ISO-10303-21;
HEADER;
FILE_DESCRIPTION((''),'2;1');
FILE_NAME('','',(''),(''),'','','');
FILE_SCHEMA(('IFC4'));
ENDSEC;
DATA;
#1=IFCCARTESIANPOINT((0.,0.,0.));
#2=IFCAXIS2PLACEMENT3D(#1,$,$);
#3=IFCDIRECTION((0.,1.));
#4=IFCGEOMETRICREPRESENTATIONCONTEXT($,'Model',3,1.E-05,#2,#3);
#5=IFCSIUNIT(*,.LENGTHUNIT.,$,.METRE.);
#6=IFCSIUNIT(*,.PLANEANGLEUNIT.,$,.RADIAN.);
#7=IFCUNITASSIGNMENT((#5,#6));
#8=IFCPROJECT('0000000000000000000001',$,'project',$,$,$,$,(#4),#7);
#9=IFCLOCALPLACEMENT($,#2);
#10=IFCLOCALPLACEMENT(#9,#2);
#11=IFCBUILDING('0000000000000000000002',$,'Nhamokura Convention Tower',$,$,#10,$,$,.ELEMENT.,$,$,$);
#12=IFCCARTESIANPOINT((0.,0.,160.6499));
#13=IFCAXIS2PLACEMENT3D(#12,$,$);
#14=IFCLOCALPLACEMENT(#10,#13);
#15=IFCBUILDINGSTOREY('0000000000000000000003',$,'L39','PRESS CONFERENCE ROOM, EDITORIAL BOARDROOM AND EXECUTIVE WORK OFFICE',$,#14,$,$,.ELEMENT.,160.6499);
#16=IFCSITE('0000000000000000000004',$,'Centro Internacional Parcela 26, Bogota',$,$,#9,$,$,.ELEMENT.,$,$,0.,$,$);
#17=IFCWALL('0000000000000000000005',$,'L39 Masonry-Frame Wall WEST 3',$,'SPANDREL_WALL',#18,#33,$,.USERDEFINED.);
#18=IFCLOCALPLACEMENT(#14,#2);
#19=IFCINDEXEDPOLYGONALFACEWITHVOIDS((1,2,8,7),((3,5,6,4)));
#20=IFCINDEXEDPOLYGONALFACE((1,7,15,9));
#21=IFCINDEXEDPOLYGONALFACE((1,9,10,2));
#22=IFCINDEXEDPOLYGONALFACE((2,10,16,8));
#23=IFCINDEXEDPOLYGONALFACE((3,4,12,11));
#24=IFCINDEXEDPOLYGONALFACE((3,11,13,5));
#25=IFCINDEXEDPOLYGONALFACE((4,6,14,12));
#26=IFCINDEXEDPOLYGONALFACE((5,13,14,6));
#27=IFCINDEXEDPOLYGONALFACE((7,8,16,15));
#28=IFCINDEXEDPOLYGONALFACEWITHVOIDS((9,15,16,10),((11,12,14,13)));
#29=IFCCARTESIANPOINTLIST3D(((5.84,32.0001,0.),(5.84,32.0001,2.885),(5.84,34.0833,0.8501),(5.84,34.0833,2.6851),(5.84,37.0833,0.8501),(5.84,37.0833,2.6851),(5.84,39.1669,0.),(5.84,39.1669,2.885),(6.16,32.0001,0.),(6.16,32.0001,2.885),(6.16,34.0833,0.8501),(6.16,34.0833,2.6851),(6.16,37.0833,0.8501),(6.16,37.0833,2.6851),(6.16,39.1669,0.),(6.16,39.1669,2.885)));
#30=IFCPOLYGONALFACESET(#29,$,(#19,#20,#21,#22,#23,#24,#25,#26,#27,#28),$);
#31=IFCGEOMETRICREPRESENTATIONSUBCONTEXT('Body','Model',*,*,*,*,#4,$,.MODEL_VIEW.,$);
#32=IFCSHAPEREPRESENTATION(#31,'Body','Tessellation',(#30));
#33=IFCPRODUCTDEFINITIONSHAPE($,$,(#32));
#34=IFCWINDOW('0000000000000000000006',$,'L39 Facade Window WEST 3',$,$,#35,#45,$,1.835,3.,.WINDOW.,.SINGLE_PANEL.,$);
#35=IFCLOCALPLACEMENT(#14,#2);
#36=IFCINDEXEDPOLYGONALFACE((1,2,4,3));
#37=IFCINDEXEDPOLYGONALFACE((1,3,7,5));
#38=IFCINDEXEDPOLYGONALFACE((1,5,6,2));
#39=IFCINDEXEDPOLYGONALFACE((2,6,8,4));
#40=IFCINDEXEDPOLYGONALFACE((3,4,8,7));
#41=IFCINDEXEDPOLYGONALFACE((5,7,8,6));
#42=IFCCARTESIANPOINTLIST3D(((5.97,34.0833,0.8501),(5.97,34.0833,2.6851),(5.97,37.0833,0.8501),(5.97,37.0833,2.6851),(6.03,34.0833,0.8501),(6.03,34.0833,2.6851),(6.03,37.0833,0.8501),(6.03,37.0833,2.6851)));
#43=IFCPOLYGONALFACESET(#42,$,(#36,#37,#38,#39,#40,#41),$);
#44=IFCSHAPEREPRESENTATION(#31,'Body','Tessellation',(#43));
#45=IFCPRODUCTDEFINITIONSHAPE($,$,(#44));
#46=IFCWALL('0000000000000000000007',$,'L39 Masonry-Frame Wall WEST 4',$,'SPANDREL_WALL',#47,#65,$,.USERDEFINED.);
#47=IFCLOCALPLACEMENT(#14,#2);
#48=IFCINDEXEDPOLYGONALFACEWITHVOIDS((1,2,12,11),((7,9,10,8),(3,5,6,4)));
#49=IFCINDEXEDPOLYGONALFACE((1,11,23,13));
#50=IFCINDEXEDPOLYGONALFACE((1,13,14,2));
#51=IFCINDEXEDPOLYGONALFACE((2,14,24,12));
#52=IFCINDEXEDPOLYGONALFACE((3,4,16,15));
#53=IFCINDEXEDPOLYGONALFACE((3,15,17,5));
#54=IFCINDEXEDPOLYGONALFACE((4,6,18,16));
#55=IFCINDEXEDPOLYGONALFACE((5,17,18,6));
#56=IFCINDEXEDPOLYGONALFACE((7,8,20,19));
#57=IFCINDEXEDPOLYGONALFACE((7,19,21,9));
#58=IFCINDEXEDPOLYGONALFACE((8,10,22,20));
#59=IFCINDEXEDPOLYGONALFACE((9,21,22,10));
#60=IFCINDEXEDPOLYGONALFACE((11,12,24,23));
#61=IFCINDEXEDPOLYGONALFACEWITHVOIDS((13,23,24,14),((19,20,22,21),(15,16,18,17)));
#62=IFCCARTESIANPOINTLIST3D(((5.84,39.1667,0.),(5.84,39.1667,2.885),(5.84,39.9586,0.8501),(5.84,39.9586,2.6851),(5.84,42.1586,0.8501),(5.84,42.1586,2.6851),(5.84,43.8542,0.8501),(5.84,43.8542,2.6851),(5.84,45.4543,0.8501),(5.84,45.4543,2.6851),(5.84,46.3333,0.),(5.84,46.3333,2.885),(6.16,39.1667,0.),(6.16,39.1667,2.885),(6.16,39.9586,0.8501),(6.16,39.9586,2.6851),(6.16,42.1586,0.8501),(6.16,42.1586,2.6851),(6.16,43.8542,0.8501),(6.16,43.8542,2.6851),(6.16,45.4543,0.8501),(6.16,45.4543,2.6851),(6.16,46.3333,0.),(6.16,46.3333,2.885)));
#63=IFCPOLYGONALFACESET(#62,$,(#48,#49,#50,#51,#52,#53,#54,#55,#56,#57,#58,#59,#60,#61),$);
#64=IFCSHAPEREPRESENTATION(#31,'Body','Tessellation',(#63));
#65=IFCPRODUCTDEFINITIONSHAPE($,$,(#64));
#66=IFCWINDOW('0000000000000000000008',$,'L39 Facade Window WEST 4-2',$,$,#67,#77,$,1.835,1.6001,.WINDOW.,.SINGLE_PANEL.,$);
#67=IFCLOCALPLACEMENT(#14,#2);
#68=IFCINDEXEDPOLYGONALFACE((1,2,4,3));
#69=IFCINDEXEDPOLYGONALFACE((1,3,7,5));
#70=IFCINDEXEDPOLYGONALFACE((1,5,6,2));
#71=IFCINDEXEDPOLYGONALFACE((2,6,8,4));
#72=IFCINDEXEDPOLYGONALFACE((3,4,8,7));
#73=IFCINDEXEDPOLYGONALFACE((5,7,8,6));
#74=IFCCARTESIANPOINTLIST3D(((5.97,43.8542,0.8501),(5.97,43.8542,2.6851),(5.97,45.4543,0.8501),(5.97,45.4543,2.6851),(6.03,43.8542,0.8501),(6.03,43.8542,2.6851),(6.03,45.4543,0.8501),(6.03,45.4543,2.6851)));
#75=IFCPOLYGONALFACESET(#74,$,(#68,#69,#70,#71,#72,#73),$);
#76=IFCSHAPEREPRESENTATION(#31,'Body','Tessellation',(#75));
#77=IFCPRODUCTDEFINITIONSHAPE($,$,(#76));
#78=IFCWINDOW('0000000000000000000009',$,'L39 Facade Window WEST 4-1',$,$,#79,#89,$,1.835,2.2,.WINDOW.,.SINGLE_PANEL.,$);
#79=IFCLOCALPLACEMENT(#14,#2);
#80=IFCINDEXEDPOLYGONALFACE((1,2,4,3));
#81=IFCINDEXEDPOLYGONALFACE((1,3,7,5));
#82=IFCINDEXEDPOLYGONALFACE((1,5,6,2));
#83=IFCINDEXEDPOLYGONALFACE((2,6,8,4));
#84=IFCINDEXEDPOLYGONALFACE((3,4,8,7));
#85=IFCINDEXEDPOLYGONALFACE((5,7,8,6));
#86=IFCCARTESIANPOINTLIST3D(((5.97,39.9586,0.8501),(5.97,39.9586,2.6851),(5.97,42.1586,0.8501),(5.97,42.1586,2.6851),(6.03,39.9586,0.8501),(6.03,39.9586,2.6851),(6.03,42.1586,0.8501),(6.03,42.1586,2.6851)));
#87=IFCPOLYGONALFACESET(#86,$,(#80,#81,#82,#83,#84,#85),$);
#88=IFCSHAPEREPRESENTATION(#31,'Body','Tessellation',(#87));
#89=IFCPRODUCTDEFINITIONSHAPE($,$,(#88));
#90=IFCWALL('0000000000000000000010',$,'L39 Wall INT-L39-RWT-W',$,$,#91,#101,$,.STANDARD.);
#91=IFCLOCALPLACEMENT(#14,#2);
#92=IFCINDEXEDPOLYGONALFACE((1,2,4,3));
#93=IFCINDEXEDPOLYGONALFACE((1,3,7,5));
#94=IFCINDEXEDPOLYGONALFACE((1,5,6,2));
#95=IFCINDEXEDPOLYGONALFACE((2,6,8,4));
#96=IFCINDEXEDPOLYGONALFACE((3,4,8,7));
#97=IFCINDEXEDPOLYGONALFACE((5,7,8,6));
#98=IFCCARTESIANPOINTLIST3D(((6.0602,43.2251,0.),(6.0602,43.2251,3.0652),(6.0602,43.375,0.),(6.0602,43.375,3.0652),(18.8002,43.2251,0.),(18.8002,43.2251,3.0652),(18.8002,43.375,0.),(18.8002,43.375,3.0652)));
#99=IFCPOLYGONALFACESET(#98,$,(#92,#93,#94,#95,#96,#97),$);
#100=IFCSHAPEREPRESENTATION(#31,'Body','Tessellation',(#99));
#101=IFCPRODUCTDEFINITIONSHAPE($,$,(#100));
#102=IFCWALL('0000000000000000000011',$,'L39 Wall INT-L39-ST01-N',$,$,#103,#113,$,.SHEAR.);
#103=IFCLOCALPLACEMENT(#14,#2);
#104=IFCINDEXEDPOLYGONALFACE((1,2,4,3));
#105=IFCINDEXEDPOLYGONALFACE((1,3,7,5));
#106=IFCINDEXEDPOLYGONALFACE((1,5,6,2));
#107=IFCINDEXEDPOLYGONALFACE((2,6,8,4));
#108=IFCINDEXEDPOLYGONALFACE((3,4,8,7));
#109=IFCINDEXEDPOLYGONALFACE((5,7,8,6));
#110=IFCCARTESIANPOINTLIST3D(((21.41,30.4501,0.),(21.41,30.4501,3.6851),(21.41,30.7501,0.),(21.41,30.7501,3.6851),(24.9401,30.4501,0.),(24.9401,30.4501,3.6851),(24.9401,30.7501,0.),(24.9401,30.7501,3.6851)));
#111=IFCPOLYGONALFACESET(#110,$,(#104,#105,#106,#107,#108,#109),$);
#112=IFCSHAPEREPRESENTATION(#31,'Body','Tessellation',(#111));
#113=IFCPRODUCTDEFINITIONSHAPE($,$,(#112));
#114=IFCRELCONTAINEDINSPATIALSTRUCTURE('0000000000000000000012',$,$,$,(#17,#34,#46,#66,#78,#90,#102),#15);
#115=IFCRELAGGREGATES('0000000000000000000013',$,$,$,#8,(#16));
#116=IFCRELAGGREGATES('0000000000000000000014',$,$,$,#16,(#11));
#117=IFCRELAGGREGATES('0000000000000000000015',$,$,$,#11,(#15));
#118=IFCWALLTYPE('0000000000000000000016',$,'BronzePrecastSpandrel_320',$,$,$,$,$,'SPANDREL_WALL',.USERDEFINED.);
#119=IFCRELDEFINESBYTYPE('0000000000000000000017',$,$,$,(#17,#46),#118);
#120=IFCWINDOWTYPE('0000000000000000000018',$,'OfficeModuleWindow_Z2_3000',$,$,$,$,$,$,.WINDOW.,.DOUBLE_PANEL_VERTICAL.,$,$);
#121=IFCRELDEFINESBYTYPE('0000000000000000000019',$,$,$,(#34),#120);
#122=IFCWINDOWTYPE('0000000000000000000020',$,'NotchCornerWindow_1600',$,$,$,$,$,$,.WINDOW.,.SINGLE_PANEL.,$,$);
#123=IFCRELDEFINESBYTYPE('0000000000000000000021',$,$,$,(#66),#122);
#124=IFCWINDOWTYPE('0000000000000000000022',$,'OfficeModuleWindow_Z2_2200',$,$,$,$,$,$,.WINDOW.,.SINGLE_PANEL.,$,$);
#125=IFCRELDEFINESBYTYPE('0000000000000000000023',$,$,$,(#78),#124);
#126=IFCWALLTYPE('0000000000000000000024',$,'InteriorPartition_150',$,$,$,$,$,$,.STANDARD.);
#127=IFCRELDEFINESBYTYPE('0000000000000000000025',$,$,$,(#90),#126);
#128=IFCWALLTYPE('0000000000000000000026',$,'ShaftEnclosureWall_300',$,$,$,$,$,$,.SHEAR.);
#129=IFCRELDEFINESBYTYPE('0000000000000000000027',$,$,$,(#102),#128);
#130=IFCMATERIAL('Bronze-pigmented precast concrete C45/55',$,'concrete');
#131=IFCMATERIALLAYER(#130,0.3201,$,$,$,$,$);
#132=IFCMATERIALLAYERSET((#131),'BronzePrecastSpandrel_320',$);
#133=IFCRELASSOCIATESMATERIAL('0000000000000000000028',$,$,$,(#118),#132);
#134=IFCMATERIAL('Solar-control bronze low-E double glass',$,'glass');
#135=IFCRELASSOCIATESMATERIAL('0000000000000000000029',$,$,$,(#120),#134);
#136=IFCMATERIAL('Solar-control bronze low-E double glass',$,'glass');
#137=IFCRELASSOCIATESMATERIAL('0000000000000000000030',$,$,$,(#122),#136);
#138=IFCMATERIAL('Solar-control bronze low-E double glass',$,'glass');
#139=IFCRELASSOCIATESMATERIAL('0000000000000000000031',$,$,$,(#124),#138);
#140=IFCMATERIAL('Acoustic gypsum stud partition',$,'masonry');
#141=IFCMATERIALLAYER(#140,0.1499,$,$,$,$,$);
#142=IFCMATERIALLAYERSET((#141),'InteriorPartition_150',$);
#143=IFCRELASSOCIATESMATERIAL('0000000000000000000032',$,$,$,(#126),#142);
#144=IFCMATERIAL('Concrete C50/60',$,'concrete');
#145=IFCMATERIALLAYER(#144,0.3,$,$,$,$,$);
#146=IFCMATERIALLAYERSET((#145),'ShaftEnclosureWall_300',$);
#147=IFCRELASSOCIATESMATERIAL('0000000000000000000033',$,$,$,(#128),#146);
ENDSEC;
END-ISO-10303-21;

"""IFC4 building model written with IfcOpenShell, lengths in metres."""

from ifc_helpers import new_model, si_unit, direction, frame, frame_2d, origin, place, context, subcontext, project, spatial, rectangle, extrude, material, layer, layer_set, type_object, element, fill, save


model = new_model("IFC4")

# Units and contexts
model_context = context("Model", 3, precision=1e-05, world=origin(), true_north=direction((0.0, 1.0)))
body_context = subcontext(model_context, "Body", "Model", "MODEL_VIEW")
ifc_project = project(units=[si_unit("LENGTHUNIT", "METRE"), si_unit("PLANEANGLEUNIT", "RADIAN")], contexts=[model_context])

# Site, building, storey
site_placement = place(None, origin())
site = spatial("IfcSite", under=ifc_project, at=site_placement, Name="Centro Internacional Parcela 26, Bogota", CompositionType="ELEMENT", RefElevation=0.0)
building_placement = place(site_placement, origin())
building = spatial("IfcBuilding", under=site, at=building_placement, Name="Nhamokura Convention Tower", CompositionType="ELEMENT")
storey_placement = place(building_placement, frame((0.0, 0.0, 160.6499)))
storey = spatial("IfcBuildingStorey", under=building, at=storey_placement, Name="L39", Description="PRESS CONFERENCE ROOM, EDITORIAL BOARDROOM AND EXECUTIVE WORK OFFICE", CompositionType="ELEMENT", Elevation=160.6499)

# Wall, opening, window
ifc_material_1 = material(Name="Bronze-pigmented precast concrete C45/55", Category="concrete")
ifc_layer_1 = layer(ifc_material_1, 0.3201)
ifc_layer_set_1 = layer_set([ifc_layer_1], Name="BronzePrecastSpandrel_320")
wall_type_1 = type_object("IfcWallType", Name="BronzePrecastSpandrel_320", ElementType="SPANDREL_WALL", PredefinedType="USERDEFINED", material=ifc_layer_set_1)
wall_1_placement = place(storey_placement, frame((6.0, 32.0, 0.0), z_axis=(0.0, 0.0, 1.0), x_axis=(0.0, 1.0, 0.0)))
wall_1 = element("IfcWall", 1, at=wall_1_placement, inside=storey, type_object=wall_type_1, Name="L39 Masonry-Frame Wall WEST 3", ObjectType="SPANDREL_WALL", PredefinedType="USERDEFINED", context=body_context, shape_type="SweptSolid", body=[
    extrude(rectangle(XDim=7.1667, YDim=0.3201, at=frame_2d((3.5835, 0.0))), origin(), (0.0, 0.0, 1.0), 2.885),
])
opening_1_placement = place(wall_1_placement, frame((2.0833, 0.0, 0.8501)))
opening_1 = element("IfcOpeningElement", 2, at=opening_1_placement, cuts=wall_1, PredefinedType="OPENING", context=body_context, shape_type="SweptSolid", body=[
    extrude(rectangle(XDim=3.0, YDim=1.835, at=frame_2d((1.5, 0.9175))), frame((0.0, 0.1699, 0.0), z_axis=(0.0, -1.0, 0.0), x_axis=(1.0, 0.0, 0.0)), (0.0, 0.0, 1.0), 0.3401),
])
ifc_material_2 = material(Name="Solar-control bronze low-E double glass", Category="glass")
window_type_1 = type_object("IfcWindowType", Name="OfficeModuleWindow_Z2_3000", PartitioningType="DOUBLE_PANEL_VERTICAL", PredefinedType="WINDOW", material=ifc_material_2)
window_1_placement = place(opening_1_placement, origin())
window_1 = element("IfcWindow", 3, at=window_1_placement, inside=storey, type_object=window_type_1, Name="L39 Facade Window WEST 3", OverallHeight=1.835, OverallWidth=3.0, PartitioningType="SINGLE_PANEL", PredefinedType="WINDOW", context=body_context, shape_type="SweptSolid", body=[
    extrude(rectangle(XDim=3.0, YDim=1.835, at=frame_2d((1.5, 0.9175))), frame((0.0, 0.03, 0.0), z_axis=(0.0, -1.0, 0.0), x_axis=(1.0, 0.0, 0.0)), (0.0, 0.0, 1.0), 0.0601),
])
fill(opening_1, window_1)

# Wall, openings, windows
wall_2_placement = place(storey_placement, frame((6.0, 39.1667, 0.0), z_axis=(0.0, 0.0, 1.0), x_axis=(0.0, 1.0, 0.0)))
wall_2 = element("IfcWall", 4, at=wall_2_placement, inside=storey, type_object=wall_type_1, Name="L39 Masonry-Frame Wall WEST 4", ObjectType="SPANDREL_WALL", PredefinedType="USERDEFINED", context=body_context, shape_type="SweptSolid", body=[
    extrude(rectangle(XDim=7.1665, YDim=0.3201, at=frame_2d((3.5833, 0.0))), origin(), (0.0, 0.0, 1.0), 2.885),
])
opening_2_placement = place(wall_2_placement, frame((0.7917, 0.0, 0.8501)))
opening_2 = element("IfcOpeningElement", 5, at=opening_2_placement, cuts=wall_2, PredefinedType="OPENING", context=body_context, shape_type="SweptSolid", body=[
    extrude(rectangle(XDim=2.2, YDim=1.835, at=frame_2d((1.1001, 0.9175))), frame((0.0, 0.1699, 0.0), z_axis=(0.0, -1.0, 0.0), x_axis=(1.0, 0.0, 0.0)), (0.0, 0.0, 1.0), 0.3401),
])
opening_3_placement = place(wall_2_placement, frame((4.6875, 0.0, 0.8501)))
opening_3 = element("IfcOpeningElement", 6, at=opening_3_placement, cuts=wall_2, PredefinedType="OPENING", context=body_context, shape_type="SweptSolid", body=[
    extrude(rectangle(XDim=1.6001, YDim=1.835, at=frame_2d((0.8, 0.9175))), frame((0.0, 0.1699, 0.0), z_axis=(0.0, -1.0, 0.0), x_axis=(1.0, 0.0, 0.0)), (0.0, 0.0, 1.0), 0.3401),
])
ifc_material_3 = material(Name="Solar-control bronze low-E double glass", Category="glass")
window_type_2 = type_object("IfcWindowType", Name="NotchCornerWindow_1600", PartitioningType="SINGLE_PANEL", PredefinedType="WINDOW", material=ifc_material_3)
window_2_placement = place(opening_3_placement, origin())
window_2 = element("IfcWindow", 7, at=window_2_placement, inside=storey, type_object=window_type_2, Name="L39 Facade Window WEST 4-2", OverallHeight=1.835, OverallWidth=1.6001, PartitioningType="SINGLE_PANEL", PredefinedType="WINDOW", context=body_context, shape_type="SweptSolid", body=[
    extrude(rectangle(XDim=1.6001, YDim=1.835, at=frame_2d((0.8, 0.9175))), frame((0.0, 0.03, 0.0), z_axis=(0.0, -1.0, 0.0), x_axis=(1.0, 0.0, 0.0)), (0.0, 0.0, 1.0), 0.0601),
])
fill(opening_3, window_2)
ifc_material_4 = material(Name="Solar-control bronze low-E double glass", Category="glass")
window_type_3 = type_object("IfcWindowType", Name="OfficeModuleWindow_Z2_2200", PartitioningType="SINGLE_PANEL", PredefinedType="WINDOW", material=ifc_material_4)
window_3_placement = place(opening_2_placement, origin())
window_3 = element("IfcWindow", 8, at=window_3_placement, inside=storey, type_object=window_type_3, Name="L39 Facade Window WEST 4-1", OverallHeight=1.835, OverallWidth=2.2, PartitioningType="SINGLE_PANEL", PredefinedType="WINDOW", context=body_context, shape_type="SweptSolid", body=[
    extrude(rectangle(XDim=2.2, YDim=1.835, at=frame_2d((1.1001, 0.9175))), frame((0.0, 0.03, 0.0), z_axis=(0.0, -1.0, 0.0), x_axis=(1.0, 0.0, 0.0)), (0.0, 0.0, 1.0), 0.0601),
])
fill(opening_2, window_3)

# Walls
ifc_material_5 = material(Name="Acoustic gypsum stud partition", Category="masonry")
ifc_layer_2 = layer(ifc_material_5, 0.1499)
ifc_layer_set_2 = layer_set([ifc_layer_2], Name="InteriorPartition_150")
wall_type_2 = type_object("IfcWallType", Name="InteriorPartition_150", PredefinedType="STANDARD", material=ifc_layer_set_2)
wall_3_placement = place(storey_placement, frame((6.0601, 43.3, 0.0), z_axis=(0.0, 0.0, 1.0), x_axis=(1.0, 0.0, 0.0)))
element("IfcWall", 9, at=wall_3_placement, inside=storey, type_object=wall_type_2, Name="L39 Wall INT-L39-RWT-W", PredefinedType="STANDARD", context=body_context, shape_type="SweptSolid", body=[
    extrude(rectangle(XDim=12.74, YDim=0.1499, at=frame_2d((6.3701, 0.0))), origin(), (0.0, 0.0, 1.0), 3.0652),
])
ifc_material_6 = material(Name="Concrete C50/60", Category="concrete")
ifc_layer_3 = layer(ifc_material_6, 0.3)
ifc_layer_set_3 = layer_set([ifc_layer_3], Name="ShaftEnclosureWall_300")
wall_type_3 = type_object("IfcWallType", Name="ShaftEnclosureWall_300", PredefinedType="SHEAR", material=ifc_layer_set_3)
wall_4_placement = place(storey_placement, frame((21.4099, 30.6001, 0.0), z_axis=(0.0, 0.0, 1.0), x_axis=(1.0, 0.0, 0.0)))
element("IfcWall", 10, at=wall_4_placement, inside=storey, type_object=wall_type_3, Name="L39 Wall INT-L39-ST01-N", PredefinedType="SHEAR", context=body_context, shape_type="SweptSolid", body=[
    extrude(rectangle(XDim=3.53, YDim=0.3, at=frame_2d((1.7651, 0.0))), origin(), (0.0, 0.0, 1.0), 3.6851),
])

save(model, "model.ifc")
